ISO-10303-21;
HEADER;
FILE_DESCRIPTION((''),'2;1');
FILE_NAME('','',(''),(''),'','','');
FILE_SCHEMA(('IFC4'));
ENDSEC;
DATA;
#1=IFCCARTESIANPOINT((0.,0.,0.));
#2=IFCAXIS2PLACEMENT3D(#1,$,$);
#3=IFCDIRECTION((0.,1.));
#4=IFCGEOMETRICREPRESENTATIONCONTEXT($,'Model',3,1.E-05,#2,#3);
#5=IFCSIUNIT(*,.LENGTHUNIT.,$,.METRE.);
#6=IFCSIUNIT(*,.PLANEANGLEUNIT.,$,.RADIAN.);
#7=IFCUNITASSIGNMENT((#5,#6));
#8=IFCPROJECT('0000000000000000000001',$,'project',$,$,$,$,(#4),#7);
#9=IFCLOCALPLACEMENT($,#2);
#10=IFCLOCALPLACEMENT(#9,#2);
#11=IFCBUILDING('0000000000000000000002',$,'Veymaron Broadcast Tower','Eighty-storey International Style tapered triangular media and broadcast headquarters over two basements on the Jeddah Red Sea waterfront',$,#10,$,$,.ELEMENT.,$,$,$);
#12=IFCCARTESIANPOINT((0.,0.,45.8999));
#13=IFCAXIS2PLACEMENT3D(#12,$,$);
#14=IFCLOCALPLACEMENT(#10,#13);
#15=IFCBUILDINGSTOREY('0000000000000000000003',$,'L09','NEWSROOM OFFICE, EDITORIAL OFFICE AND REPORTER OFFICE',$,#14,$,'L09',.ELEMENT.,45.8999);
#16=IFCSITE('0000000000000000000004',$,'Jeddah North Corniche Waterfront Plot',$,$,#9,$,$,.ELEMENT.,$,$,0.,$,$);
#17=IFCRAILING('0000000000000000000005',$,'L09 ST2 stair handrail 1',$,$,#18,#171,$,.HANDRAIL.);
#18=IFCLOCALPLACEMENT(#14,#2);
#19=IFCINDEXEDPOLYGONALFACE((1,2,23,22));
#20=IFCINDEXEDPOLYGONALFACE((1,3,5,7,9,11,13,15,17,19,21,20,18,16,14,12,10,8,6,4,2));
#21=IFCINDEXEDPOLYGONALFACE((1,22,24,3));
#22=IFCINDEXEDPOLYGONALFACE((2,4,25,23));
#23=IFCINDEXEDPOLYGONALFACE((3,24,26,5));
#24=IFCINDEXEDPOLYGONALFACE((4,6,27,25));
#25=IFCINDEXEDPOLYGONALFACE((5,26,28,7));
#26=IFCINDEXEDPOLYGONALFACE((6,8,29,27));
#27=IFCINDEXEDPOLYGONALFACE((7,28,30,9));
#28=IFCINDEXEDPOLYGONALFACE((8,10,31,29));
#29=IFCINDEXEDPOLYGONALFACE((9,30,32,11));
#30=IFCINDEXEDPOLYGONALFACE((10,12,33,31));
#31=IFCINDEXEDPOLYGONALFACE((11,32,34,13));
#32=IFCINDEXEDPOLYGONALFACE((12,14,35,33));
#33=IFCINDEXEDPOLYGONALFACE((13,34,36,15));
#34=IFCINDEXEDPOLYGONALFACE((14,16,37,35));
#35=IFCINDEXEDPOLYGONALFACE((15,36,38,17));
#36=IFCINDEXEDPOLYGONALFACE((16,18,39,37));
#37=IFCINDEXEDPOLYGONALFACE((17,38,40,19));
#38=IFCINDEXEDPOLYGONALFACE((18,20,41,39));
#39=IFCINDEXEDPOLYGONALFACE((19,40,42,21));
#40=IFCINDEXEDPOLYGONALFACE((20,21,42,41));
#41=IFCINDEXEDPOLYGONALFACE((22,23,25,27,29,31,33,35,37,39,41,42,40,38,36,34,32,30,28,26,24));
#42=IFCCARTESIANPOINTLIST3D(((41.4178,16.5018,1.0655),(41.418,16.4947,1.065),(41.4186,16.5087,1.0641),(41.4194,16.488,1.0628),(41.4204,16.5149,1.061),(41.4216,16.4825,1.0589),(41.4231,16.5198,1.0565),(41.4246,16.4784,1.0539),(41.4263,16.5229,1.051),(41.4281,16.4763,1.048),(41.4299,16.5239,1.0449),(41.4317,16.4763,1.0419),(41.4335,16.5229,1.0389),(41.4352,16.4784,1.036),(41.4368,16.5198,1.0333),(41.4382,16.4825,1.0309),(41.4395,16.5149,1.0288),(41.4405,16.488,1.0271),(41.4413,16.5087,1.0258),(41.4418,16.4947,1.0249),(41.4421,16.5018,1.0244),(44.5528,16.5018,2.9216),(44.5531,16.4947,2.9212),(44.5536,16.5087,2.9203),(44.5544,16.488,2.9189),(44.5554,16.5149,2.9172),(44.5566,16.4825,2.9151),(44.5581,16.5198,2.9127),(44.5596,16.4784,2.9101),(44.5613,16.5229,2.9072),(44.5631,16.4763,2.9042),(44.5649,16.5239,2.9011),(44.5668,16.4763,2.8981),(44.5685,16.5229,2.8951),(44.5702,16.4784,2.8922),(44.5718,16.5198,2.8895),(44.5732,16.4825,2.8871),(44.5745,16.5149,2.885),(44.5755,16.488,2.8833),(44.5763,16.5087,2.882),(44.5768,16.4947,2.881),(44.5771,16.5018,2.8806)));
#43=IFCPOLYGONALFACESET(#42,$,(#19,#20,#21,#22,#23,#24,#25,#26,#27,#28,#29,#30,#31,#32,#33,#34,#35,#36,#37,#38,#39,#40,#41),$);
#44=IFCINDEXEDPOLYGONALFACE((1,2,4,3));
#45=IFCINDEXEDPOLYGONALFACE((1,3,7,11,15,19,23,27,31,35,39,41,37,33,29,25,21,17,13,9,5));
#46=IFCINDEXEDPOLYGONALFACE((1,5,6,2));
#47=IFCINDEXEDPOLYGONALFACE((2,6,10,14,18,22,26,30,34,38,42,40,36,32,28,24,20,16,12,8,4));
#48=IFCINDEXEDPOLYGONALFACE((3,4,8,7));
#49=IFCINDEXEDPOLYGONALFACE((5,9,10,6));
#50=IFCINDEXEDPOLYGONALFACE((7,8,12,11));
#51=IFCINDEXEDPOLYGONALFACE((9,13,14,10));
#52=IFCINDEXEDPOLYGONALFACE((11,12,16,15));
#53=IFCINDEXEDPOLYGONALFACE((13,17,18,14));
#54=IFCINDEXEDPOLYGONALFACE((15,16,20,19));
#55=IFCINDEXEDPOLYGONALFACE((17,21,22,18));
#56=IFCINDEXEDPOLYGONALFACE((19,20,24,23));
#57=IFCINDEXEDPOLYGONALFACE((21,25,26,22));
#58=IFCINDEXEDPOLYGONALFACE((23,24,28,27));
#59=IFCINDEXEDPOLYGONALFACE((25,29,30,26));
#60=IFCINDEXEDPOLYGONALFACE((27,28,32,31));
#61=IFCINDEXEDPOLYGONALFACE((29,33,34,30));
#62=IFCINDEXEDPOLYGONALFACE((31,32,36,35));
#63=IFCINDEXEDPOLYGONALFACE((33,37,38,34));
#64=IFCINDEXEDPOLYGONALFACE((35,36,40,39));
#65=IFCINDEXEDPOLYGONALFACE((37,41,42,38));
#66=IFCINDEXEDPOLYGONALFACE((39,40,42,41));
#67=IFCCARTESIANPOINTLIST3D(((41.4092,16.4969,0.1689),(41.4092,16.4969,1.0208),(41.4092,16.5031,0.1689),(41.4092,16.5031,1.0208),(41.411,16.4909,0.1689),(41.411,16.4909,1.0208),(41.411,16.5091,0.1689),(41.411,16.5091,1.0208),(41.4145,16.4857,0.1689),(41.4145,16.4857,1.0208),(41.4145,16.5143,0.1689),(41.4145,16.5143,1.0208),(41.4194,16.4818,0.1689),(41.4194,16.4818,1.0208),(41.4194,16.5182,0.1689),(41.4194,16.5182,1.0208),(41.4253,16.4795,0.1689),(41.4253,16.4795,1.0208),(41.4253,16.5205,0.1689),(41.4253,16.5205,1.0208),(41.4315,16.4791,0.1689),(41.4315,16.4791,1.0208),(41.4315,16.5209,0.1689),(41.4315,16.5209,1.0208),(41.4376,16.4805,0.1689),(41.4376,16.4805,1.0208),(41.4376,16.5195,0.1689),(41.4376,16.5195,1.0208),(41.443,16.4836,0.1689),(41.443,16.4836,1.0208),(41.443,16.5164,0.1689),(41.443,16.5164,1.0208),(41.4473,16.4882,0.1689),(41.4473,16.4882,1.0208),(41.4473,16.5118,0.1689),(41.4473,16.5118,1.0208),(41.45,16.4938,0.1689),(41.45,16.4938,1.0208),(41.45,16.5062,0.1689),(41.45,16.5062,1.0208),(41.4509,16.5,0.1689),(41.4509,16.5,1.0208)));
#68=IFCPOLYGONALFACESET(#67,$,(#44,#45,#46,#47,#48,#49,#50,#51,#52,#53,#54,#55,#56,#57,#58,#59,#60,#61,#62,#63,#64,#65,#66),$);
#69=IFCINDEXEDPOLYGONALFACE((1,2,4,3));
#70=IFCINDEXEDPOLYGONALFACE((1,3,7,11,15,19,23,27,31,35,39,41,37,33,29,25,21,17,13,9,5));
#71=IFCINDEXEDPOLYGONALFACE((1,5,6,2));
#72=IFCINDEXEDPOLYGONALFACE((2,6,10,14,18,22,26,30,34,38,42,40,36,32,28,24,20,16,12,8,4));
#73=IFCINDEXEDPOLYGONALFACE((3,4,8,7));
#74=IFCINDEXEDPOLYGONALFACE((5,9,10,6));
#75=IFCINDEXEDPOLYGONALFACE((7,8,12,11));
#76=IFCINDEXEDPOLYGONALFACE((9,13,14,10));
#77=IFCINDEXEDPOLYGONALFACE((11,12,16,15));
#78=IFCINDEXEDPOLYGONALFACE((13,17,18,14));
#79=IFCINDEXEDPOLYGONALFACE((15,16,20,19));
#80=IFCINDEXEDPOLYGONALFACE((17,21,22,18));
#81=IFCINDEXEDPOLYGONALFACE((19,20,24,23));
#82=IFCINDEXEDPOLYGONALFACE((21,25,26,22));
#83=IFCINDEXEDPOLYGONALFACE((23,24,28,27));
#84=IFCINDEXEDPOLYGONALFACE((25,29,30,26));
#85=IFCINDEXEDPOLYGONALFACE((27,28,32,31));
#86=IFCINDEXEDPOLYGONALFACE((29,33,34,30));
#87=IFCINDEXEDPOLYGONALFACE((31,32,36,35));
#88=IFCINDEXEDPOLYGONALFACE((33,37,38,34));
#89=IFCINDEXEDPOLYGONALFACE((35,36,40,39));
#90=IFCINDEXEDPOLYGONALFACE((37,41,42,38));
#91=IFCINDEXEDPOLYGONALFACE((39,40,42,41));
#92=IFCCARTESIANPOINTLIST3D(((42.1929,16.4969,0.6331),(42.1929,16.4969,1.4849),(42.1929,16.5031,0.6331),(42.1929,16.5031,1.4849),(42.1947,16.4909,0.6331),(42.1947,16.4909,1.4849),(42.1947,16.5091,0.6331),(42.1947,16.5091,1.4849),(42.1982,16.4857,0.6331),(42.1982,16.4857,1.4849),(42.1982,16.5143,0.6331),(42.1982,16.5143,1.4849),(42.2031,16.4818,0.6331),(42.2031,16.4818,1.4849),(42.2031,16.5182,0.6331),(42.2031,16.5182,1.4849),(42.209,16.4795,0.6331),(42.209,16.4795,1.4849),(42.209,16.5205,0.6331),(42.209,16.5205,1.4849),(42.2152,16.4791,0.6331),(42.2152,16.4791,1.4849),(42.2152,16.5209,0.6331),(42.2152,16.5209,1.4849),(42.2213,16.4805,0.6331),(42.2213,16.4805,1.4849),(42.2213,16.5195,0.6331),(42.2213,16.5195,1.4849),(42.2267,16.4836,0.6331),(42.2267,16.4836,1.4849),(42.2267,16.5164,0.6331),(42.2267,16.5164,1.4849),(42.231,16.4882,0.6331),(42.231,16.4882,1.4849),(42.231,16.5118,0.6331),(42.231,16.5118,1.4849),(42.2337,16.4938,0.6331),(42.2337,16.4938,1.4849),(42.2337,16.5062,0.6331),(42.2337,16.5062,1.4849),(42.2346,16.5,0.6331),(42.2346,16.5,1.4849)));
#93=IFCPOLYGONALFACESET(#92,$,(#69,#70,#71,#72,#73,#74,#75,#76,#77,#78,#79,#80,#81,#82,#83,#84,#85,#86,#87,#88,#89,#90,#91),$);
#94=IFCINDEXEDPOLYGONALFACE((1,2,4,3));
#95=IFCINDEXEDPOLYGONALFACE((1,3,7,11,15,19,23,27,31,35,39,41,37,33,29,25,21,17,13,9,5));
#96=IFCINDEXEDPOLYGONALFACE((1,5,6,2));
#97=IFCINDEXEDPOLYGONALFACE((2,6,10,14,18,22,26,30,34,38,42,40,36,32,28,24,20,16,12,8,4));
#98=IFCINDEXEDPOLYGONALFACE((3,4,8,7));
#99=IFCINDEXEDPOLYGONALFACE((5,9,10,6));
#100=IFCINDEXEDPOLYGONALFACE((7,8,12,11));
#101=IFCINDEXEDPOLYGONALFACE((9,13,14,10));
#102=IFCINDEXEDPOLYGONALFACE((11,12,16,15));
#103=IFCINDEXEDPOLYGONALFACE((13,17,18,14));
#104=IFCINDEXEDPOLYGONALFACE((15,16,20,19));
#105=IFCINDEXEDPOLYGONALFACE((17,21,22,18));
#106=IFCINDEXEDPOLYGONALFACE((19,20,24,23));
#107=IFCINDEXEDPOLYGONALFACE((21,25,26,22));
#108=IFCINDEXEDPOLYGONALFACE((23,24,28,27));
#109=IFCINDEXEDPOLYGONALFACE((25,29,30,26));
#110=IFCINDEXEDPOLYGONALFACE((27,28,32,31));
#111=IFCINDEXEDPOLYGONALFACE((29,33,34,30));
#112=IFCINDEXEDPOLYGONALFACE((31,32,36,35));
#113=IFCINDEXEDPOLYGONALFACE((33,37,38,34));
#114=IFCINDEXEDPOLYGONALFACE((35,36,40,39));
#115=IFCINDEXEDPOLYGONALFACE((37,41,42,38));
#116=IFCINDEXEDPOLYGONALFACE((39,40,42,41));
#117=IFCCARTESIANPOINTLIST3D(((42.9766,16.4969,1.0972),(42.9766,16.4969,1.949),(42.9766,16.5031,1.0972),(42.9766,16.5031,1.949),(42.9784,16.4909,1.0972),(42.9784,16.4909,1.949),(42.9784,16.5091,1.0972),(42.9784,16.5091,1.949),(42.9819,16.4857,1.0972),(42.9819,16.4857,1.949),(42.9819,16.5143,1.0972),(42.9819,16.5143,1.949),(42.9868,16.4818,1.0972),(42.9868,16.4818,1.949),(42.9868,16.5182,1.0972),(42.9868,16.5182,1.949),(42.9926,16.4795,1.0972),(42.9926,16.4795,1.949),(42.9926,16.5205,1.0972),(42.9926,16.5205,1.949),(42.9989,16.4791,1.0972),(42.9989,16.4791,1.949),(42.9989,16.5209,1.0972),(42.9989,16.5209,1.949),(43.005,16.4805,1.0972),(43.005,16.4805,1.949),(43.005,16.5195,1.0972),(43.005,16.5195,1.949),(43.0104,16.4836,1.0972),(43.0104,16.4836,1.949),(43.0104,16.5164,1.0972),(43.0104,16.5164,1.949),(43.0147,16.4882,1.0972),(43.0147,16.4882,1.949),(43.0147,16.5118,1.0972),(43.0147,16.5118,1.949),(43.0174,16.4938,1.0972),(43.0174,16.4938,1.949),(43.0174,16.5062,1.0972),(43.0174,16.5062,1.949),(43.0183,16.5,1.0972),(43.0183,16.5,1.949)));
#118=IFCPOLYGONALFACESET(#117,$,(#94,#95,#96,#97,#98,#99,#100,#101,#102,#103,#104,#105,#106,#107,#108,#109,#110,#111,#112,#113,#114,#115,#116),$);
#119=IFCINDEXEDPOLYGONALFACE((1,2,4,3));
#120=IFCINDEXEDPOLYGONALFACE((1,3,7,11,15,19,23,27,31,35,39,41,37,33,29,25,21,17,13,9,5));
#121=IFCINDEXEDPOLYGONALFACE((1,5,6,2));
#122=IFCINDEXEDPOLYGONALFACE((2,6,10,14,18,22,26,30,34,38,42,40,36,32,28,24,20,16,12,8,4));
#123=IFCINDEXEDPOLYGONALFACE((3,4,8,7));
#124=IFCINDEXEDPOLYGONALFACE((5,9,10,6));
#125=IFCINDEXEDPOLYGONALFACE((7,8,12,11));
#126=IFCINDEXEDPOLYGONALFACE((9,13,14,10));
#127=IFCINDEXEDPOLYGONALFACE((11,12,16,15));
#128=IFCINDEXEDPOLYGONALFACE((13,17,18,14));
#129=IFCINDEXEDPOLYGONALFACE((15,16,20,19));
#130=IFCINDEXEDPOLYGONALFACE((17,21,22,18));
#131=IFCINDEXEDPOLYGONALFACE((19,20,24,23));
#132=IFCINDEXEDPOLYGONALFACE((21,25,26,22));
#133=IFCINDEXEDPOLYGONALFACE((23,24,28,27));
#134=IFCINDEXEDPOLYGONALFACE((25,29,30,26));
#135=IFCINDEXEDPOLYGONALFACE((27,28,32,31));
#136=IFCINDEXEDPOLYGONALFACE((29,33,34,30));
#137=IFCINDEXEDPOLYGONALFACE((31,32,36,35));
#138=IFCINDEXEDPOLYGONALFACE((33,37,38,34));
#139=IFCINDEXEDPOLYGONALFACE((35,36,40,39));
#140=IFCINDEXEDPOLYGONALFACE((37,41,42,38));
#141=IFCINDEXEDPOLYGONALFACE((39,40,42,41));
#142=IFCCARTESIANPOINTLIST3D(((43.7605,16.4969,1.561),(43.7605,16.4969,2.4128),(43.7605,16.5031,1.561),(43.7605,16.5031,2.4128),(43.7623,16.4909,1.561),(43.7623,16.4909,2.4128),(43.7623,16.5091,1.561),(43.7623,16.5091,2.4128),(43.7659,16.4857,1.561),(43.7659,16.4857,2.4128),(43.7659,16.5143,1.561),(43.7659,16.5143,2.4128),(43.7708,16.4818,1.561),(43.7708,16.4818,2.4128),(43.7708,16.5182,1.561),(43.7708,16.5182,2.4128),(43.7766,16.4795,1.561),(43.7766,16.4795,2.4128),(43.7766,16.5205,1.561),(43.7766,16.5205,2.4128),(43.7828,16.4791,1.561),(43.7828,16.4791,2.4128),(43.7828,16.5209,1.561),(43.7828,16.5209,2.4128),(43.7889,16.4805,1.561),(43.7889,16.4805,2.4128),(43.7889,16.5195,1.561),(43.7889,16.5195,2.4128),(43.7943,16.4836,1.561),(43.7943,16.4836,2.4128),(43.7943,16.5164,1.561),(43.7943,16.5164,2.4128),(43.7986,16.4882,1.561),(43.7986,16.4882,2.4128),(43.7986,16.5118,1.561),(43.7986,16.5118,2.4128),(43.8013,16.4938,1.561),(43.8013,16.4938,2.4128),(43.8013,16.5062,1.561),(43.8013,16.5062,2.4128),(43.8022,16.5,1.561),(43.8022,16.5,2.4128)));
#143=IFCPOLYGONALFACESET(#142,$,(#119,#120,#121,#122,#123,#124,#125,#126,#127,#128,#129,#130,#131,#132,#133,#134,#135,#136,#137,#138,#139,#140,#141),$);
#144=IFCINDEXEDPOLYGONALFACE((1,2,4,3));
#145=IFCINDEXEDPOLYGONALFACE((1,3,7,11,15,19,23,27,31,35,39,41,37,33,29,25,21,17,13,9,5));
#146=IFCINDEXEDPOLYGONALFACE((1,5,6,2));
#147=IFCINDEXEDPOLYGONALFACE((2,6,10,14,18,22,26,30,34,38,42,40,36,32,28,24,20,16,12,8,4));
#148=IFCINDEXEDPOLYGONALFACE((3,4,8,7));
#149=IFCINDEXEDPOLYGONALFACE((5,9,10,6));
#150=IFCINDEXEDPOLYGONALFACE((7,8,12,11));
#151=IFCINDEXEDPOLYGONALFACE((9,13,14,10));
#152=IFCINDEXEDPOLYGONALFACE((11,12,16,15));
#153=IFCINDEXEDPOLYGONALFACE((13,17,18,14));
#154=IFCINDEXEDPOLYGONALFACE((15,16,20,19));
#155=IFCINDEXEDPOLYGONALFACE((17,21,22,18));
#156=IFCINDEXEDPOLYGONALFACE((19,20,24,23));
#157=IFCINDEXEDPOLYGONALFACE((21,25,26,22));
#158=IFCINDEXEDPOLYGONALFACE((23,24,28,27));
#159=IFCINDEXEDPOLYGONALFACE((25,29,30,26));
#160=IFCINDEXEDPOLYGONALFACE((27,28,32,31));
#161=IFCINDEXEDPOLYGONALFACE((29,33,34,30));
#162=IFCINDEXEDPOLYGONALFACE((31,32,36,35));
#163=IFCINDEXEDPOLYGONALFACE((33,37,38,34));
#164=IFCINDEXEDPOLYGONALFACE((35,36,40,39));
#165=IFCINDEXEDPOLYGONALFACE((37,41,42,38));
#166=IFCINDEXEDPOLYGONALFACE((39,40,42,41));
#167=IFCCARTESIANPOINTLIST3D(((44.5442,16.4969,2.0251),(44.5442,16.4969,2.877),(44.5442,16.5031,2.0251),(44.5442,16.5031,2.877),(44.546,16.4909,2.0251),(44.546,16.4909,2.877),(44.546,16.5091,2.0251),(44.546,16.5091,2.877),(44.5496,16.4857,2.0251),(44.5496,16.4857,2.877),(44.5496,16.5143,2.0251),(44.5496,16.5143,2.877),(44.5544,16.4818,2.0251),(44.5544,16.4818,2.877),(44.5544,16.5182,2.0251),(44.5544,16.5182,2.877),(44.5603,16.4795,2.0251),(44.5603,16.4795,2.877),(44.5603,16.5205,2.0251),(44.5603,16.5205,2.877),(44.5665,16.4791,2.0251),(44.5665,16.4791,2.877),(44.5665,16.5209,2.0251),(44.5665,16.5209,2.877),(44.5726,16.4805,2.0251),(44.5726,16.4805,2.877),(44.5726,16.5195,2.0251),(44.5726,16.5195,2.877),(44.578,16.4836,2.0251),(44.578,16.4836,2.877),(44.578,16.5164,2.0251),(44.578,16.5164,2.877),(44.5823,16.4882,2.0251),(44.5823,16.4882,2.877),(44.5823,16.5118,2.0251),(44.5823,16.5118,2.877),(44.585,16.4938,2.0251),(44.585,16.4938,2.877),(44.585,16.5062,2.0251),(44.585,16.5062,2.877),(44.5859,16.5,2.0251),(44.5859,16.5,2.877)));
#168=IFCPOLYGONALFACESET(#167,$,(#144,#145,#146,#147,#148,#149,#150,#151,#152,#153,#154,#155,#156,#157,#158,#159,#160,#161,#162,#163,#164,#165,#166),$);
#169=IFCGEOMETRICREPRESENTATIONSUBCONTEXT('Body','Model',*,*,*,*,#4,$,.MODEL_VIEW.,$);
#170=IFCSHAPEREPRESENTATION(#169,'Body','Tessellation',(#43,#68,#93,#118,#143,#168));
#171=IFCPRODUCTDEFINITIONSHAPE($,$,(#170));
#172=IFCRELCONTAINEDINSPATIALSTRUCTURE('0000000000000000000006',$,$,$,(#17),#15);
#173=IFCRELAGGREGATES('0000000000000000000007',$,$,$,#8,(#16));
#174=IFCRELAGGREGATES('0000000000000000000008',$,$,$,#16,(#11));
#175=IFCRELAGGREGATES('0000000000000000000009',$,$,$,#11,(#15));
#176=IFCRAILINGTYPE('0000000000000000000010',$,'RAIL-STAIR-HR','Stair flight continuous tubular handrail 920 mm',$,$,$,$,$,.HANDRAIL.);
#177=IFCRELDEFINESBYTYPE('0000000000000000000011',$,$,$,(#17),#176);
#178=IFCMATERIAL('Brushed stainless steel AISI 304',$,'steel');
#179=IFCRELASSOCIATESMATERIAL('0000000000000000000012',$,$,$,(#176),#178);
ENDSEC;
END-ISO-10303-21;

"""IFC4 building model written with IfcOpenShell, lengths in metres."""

from ifc_helpers import new_model, si_unit, direction, frame, origin, origin_2d, place, context, subcontext, project, spatial, circle, extrude, material, type_object, element, save


model = new_model("IFC4")

# Units and contexts
model_context = context("Model", 3, precision=1e-05, world=origin(), true_north=direction((0.0, 1.0)))
body_context = subcontext(model_context, "Body", "Model", "MODEL_VIEW")
ifc_project = project(units=[si_unit("LENGTHUNIT", "METRE"), si_unit("PLANEANGLEUNIT", "RADIAN")], contexts=[model_context])

# Site, building, storey
site_placement = place(None, origin())
site = spatial("IfcSite", under=ifc_project, at=site_placement, Name="Jeddah North Corniche Waterfront Plot", CompositionType="ELEMENT", RefElevation=0.0)
building_placement = place(site_placement, origin())
building = spatial("IfcBuilding", under=site, at=building_placement, Name="Veymaron Broadcast Tower", Description="Eighty-storey International Style tapered triangular media and broadcast headquarters over two basements on the Jeddah Red Sea waterfront", CompositionType="ELEMENT")
storey_placement = place(building_placement, frame((0.0, 0.0, 45.8999)))
storey = spatial("IfcBuildingStorey", under=building, at=storey_placement, Name="L09", Description="NEWSROOM OFFICE, EDITORIAL OFFICE AND REPORTER OFFICE", LongName="L09", CompositionType="ELEMENT", Elevation=45.8999)

# Railing
ifc_material_1 = material(Name="Brushed stainless steel AISI 304", Category="steel")
railing_type_1 = type_object("IfcRailingType", Name="RAIL-STAIR-HR", Description="Stair flight continuous tubular handrail 920 mm", PredefinedType="HANDRAIL", material=ifc_material_1)
railing_1_placement = place(storey_placement, frame((41.4299, 16.5, 0.1689)))
element("IfcRailing", 1, at=railing_1_placement, inside=storey, type_object=railing_type_1, Name="L09 ST2 stair handrail 1", PredefinedType="HANDRAIL", context=body_context, shape_type="SweptSolid", body=[
    extrude(circle(Radius=0.0239, at=origin_2d()), frame((0.0, 0.0, 0.876), z_axis=(0.860482, 0.0, 0.509481), x_axis=(0.0, 1.0, 0.0)), (0.0, 0.0, 1.0), 3.6433),
    extrude(circle(Radius=0.021, at=origin_2d()), origin(), (0.0, 0.0, 1.0), 0.8518),
    extrude(circle(Radius=0.021, at=origin_2d()), frame((0.7837, 0.0, 0.4641)), (0.0, 0.0, 1.0), 0.8518),
    extrude(circle(Radius=0.021, at=origin_2d()), frame((1.5674, 0.0, 0.9282)), (0.0, 0.0, 1.0), 0.8518),
    extrude(circle(Radius=0.021, at=origin_2d()), frame((2.3513, 0.0, 1.3921)), (0.0, 0.0, 1.0), 0.8518),
    extrude(circle(Radius=0.021, at=origin_2d()), frame((3.135, 0.0, 1.8562)), (0.0, 0.0, 1.0), 0.8518),
])

save(model, "model.ifc")
